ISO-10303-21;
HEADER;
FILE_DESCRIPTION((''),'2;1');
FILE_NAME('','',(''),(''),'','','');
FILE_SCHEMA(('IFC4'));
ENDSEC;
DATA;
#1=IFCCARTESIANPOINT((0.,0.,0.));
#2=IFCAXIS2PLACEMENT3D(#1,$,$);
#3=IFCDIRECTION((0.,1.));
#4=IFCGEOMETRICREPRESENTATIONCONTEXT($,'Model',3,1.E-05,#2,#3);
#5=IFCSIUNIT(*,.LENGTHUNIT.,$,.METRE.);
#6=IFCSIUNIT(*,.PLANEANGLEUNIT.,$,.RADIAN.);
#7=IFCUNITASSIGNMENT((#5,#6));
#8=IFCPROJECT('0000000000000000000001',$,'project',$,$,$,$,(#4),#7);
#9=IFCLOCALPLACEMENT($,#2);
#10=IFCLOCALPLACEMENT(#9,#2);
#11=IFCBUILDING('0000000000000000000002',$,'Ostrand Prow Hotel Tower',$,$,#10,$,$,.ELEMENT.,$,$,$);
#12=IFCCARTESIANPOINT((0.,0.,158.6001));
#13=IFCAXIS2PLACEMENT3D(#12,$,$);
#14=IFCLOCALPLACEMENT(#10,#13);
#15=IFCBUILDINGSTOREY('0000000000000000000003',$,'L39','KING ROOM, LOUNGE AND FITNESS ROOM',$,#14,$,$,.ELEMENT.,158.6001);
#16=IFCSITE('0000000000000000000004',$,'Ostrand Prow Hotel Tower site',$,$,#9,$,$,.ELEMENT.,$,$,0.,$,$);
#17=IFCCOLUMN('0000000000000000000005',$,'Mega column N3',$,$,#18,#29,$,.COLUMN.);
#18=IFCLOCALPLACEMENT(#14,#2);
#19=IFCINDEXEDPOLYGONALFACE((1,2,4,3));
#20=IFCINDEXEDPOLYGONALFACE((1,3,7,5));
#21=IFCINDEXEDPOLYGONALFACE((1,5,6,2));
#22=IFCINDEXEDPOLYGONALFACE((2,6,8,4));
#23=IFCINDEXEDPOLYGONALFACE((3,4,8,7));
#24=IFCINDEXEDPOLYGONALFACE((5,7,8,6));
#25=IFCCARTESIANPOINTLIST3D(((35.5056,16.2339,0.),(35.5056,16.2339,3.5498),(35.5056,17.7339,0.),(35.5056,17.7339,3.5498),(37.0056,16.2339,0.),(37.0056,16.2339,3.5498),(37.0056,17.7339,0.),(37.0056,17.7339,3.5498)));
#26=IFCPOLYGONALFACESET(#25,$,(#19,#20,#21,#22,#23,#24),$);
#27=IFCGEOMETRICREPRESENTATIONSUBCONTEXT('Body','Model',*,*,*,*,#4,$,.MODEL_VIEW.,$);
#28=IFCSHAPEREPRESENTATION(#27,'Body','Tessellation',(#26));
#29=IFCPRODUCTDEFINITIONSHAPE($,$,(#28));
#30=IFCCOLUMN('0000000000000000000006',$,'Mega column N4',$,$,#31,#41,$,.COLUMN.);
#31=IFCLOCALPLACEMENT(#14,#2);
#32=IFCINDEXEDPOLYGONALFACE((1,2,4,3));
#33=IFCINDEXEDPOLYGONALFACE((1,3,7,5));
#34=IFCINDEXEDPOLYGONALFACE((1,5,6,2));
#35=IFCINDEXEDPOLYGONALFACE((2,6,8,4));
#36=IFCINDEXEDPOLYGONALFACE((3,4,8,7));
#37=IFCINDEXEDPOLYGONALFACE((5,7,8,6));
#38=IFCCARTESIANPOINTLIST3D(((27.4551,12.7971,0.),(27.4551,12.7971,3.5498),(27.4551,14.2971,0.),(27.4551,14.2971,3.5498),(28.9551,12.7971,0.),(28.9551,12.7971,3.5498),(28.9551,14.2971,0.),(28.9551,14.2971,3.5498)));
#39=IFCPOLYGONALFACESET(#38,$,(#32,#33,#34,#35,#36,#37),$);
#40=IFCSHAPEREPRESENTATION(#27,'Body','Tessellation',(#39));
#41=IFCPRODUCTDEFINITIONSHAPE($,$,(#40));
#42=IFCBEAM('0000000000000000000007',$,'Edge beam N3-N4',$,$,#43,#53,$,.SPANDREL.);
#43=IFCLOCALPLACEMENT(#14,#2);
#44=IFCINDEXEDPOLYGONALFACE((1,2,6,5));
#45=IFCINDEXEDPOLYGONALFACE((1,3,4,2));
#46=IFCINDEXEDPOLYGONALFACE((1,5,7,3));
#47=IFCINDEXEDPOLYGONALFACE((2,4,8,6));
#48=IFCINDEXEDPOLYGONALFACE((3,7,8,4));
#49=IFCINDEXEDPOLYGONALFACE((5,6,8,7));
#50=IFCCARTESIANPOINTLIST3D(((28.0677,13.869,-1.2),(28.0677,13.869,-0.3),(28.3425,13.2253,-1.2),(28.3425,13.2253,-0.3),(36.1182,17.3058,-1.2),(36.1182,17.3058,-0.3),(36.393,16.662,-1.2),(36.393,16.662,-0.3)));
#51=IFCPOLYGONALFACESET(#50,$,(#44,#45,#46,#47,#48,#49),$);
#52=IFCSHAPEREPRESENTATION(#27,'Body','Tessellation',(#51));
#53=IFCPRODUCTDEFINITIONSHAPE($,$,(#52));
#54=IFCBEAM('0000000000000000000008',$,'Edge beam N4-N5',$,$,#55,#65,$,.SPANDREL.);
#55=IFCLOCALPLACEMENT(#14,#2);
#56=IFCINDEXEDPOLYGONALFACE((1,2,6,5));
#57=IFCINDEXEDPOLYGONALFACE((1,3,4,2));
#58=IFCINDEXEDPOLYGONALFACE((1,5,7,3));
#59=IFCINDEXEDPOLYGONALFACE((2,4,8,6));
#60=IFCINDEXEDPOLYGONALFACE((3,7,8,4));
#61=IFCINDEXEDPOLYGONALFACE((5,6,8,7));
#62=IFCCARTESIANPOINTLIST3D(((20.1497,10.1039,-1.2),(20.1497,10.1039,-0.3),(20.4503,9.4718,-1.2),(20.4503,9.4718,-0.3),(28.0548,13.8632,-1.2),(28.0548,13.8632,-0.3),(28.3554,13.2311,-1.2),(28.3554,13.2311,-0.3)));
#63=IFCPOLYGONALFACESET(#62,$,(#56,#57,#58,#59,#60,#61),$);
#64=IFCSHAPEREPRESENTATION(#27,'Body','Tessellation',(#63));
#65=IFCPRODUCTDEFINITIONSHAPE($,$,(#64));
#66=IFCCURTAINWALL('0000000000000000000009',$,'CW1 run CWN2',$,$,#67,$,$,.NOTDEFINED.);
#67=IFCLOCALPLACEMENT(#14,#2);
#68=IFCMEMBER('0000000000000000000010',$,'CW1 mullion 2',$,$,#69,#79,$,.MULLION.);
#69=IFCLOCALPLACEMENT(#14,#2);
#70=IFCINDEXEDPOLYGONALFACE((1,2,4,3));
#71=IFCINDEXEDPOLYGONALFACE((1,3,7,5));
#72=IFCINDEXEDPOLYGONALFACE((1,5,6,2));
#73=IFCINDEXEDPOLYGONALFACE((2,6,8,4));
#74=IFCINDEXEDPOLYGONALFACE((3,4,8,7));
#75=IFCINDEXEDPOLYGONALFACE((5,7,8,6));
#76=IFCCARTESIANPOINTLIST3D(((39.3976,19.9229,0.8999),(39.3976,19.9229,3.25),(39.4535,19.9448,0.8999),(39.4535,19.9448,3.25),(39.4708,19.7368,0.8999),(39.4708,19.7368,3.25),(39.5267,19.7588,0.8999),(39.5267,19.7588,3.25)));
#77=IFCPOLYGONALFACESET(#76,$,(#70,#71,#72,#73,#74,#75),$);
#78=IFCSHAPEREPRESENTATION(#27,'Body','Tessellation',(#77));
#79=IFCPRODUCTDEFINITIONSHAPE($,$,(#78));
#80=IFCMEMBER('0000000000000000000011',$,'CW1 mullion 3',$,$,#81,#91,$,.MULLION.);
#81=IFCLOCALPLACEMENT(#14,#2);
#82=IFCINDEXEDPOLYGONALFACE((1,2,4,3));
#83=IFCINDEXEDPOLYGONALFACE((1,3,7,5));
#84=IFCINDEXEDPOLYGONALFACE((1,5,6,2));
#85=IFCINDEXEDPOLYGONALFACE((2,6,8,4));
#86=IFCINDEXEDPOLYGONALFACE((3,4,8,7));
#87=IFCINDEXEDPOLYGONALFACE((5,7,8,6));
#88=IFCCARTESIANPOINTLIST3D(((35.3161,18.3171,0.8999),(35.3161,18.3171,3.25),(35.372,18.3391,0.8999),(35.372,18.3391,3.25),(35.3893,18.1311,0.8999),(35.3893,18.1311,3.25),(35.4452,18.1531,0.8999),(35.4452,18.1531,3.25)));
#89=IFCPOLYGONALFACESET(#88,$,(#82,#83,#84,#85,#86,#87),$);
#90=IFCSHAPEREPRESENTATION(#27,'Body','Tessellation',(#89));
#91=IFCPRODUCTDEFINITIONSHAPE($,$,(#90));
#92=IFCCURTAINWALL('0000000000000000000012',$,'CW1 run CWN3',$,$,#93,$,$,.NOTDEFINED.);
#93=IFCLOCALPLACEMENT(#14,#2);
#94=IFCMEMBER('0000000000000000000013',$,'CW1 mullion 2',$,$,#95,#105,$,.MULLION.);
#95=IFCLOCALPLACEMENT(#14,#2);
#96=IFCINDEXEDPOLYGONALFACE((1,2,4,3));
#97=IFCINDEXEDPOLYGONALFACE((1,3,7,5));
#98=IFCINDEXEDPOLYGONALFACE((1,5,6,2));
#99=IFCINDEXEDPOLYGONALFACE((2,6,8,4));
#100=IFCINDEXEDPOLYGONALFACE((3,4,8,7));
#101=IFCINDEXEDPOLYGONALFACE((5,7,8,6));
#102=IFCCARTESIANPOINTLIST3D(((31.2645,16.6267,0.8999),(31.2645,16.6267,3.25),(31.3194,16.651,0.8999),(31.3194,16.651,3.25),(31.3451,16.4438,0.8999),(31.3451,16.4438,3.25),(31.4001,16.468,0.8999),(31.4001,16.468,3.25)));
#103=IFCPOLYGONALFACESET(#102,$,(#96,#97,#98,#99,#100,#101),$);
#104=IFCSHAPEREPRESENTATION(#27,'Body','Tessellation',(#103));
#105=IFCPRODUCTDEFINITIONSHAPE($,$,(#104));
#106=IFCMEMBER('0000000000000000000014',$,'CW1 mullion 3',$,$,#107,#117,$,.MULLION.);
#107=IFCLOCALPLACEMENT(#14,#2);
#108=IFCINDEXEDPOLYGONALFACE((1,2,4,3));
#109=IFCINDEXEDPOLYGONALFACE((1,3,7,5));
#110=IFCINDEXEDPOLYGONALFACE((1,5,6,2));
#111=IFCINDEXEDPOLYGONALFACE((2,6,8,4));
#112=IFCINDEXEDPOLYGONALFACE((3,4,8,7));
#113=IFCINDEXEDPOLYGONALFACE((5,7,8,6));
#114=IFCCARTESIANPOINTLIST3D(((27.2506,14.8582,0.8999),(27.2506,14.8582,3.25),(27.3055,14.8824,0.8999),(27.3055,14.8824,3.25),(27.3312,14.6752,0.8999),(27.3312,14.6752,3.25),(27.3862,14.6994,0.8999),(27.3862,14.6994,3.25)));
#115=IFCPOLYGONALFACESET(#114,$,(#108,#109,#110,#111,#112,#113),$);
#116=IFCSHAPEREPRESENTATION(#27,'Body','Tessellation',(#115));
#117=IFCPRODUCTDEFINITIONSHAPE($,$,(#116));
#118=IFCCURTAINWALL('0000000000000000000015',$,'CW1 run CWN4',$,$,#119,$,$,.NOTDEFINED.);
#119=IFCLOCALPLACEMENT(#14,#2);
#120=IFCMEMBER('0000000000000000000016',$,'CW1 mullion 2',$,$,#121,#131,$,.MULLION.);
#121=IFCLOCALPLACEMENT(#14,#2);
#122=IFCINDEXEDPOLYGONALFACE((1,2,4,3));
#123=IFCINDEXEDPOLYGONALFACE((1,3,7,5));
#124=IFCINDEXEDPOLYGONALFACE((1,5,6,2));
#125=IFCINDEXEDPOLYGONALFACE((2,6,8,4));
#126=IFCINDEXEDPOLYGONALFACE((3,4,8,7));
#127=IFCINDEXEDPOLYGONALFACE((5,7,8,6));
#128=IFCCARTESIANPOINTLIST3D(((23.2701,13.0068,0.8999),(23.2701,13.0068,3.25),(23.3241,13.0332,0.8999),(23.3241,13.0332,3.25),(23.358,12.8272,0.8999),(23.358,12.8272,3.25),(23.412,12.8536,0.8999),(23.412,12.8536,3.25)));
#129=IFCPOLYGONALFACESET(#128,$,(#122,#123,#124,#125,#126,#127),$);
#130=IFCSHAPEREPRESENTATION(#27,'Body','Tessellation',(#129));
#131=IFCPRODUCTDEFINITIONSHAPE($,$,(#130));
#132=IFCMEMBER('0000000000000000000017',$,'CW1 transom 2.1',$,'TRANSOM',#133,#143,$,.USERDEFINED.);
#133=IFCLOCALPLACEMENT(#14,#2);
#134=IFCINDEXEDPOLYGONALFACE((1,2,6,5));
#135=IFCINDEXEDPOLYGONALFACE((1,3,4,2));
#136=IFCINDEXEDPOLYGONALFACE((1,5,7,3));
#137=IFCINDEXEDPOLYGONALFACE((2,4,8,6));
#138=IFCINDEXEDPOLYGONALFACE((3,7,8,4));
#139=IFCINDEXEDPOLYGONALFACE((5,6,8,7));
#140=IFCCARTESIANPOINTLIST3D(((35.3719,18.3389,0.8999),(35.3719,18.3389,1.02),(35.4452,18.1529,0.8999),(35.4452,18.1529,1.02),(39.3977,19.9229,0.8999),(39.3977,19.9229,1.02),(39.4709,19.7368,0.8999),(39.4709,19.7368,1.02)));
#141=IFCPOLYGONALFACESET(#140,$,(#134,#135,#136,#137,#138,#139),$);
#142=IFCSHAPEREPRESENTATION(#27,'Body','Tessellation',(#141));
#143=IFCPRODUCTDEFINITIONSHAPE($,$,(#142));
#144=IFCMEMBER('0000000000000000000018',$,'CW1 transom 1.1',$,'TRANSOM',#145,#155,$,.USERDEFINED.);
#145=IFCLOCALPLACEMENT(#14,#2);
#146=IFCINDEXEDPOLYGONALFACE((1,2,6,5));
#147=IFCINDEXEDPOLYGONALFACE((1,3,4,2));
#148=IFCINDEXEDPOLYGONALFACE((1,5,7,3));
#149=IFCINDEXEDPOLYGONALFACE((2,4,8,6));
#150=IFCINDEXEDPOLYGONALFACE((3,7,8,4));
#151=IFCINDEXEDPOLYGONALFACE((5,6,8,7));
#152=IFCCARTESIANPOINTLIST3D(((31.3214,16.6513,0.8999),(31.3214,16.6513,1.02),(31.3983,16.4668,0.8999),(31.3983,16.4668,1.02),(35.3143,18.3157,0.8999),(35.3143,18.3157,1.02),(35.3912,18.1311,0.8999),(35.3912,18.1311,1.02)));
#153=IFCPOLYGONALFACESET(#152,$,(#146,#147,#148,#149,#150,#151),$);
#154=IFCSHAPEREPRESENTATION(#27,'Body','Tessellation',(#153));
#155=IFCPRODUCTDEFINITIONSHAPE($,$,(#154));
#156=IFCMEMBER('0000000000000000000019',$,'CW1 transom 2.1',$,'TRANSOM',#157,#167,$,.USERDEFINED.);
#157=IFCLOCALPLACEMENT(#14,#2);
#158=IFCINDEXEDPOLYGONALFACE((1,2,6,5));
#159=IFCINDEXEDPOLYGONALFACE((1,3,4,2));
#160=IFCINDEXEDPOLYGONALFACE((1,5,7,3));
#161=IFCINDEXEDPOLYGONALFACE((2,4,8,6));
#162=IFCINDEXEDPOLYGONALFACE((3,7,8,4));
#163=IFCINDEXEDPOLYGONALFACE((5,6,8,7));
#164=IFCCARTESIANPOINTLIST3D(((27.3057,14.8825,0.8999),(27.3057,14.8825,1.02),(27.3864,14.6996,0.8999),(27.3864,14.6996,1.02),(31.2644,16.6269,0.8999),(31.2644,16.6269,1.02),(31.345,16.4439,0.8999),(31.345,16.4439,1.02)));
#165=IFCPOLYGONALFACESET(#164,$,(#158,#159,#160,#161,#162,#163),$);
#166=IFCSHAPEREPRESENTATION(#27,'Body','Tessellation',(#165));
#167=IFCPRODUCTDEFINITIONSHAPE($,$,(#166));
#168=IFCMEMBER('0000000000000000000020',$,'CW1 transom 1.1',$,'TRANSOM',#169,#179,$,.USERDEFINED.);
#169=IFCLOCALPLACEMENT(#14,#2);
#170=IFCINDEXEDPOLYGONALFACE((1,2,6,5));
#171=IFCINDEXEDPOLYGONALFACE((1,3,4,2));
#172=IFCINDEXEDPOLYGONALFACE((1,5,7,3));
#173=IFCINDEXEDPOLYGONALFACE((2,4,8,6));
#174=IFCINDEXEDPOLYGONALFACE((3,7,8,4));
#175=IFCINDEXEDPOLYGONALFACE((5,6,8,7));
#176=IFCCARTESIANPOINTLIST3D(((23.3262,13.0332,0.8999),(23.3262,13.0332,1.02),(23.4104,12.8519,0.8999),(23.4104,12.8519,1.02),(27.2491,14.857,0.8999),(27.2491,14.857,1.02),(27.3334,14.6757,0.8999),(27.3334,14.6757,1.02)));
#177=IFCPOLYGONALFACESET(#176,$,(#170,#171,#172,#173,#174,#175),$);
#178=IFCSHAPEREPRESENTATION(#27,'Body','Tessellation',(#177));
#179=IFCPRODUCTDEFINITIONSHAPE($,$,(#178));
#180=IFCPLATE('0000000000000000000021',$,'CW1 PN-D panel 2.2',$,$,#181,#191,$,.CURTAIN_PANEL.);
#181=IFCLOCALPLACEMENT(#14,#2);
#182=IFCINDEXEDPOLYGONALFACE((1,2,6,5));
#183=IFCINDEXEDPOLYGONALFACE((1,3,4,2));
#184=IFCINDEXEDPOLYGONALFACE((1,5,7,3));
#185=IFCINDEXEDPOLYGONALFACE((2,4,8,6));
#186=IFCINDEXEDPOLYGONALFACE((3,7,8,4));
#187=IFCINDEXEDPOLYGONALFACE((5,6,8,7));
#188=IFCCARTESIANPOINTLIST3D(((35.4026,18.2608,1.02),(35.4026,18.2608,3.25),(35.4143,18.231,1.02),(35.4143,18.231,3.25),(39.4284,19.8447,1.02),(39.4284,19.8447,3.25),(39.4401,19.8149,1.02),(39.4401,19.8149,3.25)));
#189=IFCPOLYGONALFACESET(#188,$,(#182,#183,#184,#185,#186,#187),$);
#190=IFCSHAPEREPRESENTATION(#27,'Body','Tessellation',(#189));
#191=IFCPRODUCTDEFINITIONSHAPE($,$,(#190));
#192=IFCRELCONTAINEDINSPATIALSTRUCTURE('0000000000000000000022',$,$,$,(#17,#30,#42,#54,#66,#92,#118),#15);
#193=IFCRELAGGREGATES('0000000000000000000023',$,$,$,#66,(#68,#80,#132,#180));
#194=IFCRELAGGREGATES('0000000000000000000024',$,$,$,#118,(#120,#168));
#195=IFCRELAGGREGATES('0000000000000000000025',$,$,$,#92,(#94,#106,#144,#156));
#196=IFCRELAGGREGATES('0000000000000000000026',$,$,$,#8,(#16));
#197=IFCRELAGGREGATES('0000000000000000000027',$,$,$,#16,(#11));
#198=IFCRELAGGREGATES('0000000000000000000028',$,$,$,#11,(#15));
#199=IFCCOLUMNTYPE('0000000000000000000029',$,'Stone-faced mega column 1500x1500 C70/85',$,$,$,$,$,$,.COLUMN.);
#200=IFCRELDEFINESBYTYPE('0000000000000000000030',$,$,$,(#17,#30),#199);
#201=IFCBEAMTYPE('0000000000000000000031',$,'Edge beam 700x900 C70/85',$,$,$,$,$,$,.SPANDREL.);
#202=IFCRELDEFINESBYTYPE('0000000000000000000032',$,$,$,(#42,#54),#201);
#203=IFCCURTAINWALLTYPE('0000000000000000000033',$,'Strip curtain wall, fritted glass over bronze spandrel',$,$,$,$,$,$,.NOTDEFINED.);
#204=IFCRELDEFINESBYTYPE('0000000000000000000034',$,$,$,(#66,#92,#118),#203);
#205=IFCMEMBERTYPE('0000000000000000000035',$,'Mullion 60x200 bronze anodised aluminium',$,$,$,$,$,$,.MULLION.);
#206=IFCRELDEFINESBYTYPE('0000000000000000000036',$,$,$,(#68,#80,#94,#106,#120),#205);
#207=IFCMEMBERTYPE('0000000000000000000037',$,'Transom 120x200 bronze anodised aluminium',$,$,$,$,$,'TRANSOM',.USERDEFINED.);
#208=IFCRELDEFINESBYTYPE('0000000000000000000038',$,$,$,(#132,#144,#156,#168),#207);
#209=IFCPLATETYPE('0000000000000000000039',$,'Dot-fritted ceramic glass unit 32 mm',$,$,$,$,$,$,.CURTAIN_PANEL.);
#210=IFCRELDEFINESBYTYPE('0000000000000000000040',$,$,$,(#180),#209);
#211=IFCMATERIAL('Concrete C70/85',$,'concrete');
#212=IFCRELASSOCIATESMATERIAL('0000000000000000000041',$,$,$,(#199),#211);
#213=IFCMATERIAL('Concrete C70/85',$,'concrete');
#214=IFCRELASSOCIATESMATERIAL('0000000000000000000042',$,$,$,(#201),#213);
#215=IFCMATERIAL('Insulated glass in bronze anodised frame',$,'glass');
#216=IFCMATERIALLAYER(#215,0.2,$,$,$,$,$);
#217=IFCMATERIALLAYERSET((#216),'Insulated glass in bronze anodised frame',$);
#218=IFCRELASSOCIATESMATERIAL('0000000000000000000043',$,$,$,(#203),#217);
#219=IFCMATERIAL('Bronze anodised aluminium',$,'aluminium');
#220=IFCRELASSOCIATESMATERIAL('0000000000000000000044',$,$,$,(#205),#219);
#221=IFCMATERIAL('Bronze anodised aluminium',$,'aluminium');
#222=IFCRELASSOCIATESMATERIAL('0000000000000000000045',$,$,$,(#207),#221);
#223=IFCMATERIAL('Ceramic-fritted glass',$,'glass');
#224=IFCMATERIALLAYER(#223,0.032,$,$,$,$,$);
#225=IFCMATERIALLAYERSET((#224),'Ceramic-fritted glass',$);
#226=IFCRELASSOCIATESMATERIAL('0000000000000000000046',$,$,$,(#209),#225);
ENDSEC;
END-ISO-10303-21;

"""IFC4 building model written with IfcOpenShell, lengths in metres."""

from ifc_helpers import new_model, si_unit, direction, frame, origin, origin_2d, place, context, subcontext, project, spatial, rectangle, extrude, material, layer, layer_set, material_profile, profile_set, type_object, element, aggregate, save


model = new_model("IFC4")

# Units and contexts
model_context = context("Model", 3, precision=1e-05, world=origin(), true_north=direction((0.0, 1.0)))
body_context = subcontext(model_context, "Body", "Model", "MODEL_VIEW")
ifc_project = project(units=[si_unit("LENGTHUNIT", "METRE"), si_unit("PLANEANGLEUNIT", "RADIAN")], contexts=[model_context])

# Site, building, storey
site_placement = place(None, origin())
site = spatial("IfcSite", under=ifc_project, at=site_placement, Name="Ostrand Prow Hotel Tower site", CompositionType="ELEMENT", RefElevation=0.0)
building_placement = place(site_placement, origin())
building = spatial("IfcBuilding", under=site, at=building_placement, Name="Ostrand Prow Hotel Tower", CompositionType="ELEMENT")
storey_placement = place(building_placement, frame((0.0, 0.0, 158.6001)))
storey = spatial("IfcBuildingStorey", under=building, at=storey_placement, Name="L39", Description="KING ROOM, LOUNGE AND FITNESS ROOM", CompositionType="ELEMENT", Elevation=158.6001)

# Columns
ifc_material_1 = material(Name="Concrete C70/85", Category="concrete")
ifc_material_profile_1 = material_profile(ifc_material_1, rectangle(XDim=1.5, YDim=1.5, at=origin_2d()), Name="RC 1500x1500")
ifc_profile_set_1 = profile_set([ifc_material_profile_1], Name="Concrete C70/85")
column_type = type_object("IfcColumnType", Name="Stone-faced mega column 1500x1500 C70/85", PredefinedType="COLUMN", material=ifc_profile_set_1)
for number, where, z_axis, x_axis, name in (
    (1, (36.2556, 16.9839, 0.0), (0.0, 0.0, 1.0), (1.0, 0.0, 0.0), "Mega column N3"),
    (2, (28.2051, 13.5471, 0.0), (0.0, 0.0, 1.0), (1.0, 0.0, 0.0), "Mega column N4"),
):
    element("IfcColumn", number, at=place(storey_placement, frame(where, z_axis=z_axis, x_axis=x_axis)), inside=storey, type_object=column_type, Name=name, PredefinedType="COLUMN", context=body_context, shape_type="SweptSolid", body=[
        extrude(rectangle(XDim=1.5, YDim=1.5, at=origin_2d()), origin(), (0.0, 0.0, 1.0), 3.5498),
    ])

# Beams
ifc_material_2 = material(Name="Concrete C70/85", Category="concrete")
ifc_material_profile_2 = material_profile(ifc_material_2, rectangle(XDim=0.7, YDim=0.8999, at=origin_2d()), Name="RC 700x900")
ifc_profile_set_2 = profile_set([ifc_material_profile_2], Name="Concrete C70/85")
beam_type = type_object("IfcBeamType", Name="Edge beam 700x900 C70/85", PredefinedType="SPANDREL", material=ifc_profile_set_2)
for number, where, z_axis, x_axis, name in (
    (3, (36.2556, 16.9839, -0.75), (-0.919701, -0.39262, 0.0), (0.39262, -0.919701, 0.0), "Edge beam N3-N4"),
    (4, (28.2051, 13.5471, -0.75), (-0.903083, -0.429466, 0.0), (0.429466, -0.903083, 0.0), "Edge beam N4-N5"),
):
    element("IfcBeam", number, at=place(storey_placement, frame(where, z_axis=z_axis, x_axis=x_axis)), inside=storey, type_object=beam_type, Name=name, PredefinedType="SPANDREL", context=body_context, shape_type="SweptSolid", body=[
        extrude(rectangle(XDim=0.7, YDim=0.8999, at=origin_2d()), origin(), (0.0, 0.0, 1.0), 8.7534),
    ])

# Curtain walls, members
ifc_material_3 = material(Name="Insulated glass in bronze anodised frame", Category="glass")
ifc_layer_1 = layer(ifc_material_3, 0.2)
ifc_layer_set_1 = layer_set([ifc_layer_1], Name="Insulated glass in bronze anodised frame")
curtain_wall_type = type_object("IfcCurtainWallType", Name="Strip curtain wall, fritted glass over bronze spandrel", PredefinedType="NOTDEFINED", material=ifc_layer_set_1)
curtain_wall_1_placement = place(storey_placement, origin())
curtain_wall_1 = element("IfcCurtainWall", 5, at=curtain_wall_1_placement, inside=storey, type_object=curtain_wall_type, Name="CW1 run CWN2", PredefinedType="NOTDEFINED")
ifc_material_4 = material(Name="Bronze anodised aluminium", Category="aluminium")
ifc_material_profile_3 = material_profile(ifc_material_4, rectangle(XDim=0.2, YDim=0.0601, at=origin_2d()), Name="Mullion 60x200 bronze anodised aluminium")
ifc_profile_set_3 = profile_set([ifc_material_profile_3], Name="Bronze anodised aluminium")
member_type_1 = type_object("IfcMemberType", Name="Mullion 60x200 bronze anodised aluminium", PredefinedType="MULLION", material=ifc_profile_set_3)
member_1_placement = place(storey_placement, frame((39.4622, 19.8408, 0.8999), z_axis=(0.0, 0.0, 1.0), x_axis=(0.366116, -0.930569, 0.0)))
member_1 = element("IfcMember", 6, at=member_1_placement, type_object=member_type_1, Name="CW1 mullion 2", PredefinedType="MULLION", context=body_context, shape_type="SweptSolid", body=[
    extrude(rectangle(XDim=0.2, YDim=0.0601, at=origin_2d()), origin(), (0.0, 0.0, 1.0), 2.3501),
])
member_2_placement = place(storey_placement, frame((35.3806, 18.2351, 0.8999), z_axis=(0.0, 0.0, 1.0), x_axis=(0.366116, -0.930569, 0.0)))
member_2 = element("IfcMember", 7, at=member_2_placement, type_object=member_type_1, Name="CW1 mullion 3", PredefinedType="MULLION", context=body_context, shape_type="SweptSolid", body=[
    extrude(rectangle(XDim=0.2, YDim=0.0601, at=origin_2d()), origin(), (0.0, 0.0, 1.0), 2.3501),
])
curtain_wall_2_placement = place(storey_placement, origin())
curtain_wall_2 = element("IfcCurtainWall", 8, at=curtain_wall_2_placement, inside=storey, type_object=curtain_wall_type, Name="CW1 run CWN3", PredefinedType="NOTDEFINED")
member_3_placement = place(storey_placement, frame((31.3323, 16.5474, 0.8999), z_axis=(0.0, 0.0, 1.0), x_axis=(0.403213, -0.915106, 0.0)))
member_3 = element("IfcMember", 9, at=member_3_placement, type_object=member_type_1, Name="CW1 mullion 2", PredefinedType="MULLION", context=body_context, shape_type="SweptSolid", body=[
    extrude(rectangle(XDim=0.2, YDim=0.0601, at=origin_2d()), origin(), (0.0, 0.0, 1.0), 2.3501),
])
member_4_placement = place(storey_placement, frame((27.3184, 14.7788, 0.8999), z_axis=(0.0, 0.0, 1.0), x_axis=(0.403213, -0.915106, 0.0)))
member_4 = element("IfcMember", 10, at=member_4_placement, type_object=member_type_1, Name="CW1 mullion 3", PredefinedType="MULLION", context=body_context, shape_type="SweptSolid", body=[
    extrude(rectangle(XDim=0.2, YDim=0.0601, at=origin_2d()), origin(), (0.0, 0.0, 1.0), 2.3501),
])

# Curtain wall, member
curtain_wall_3_placement = place(storey_placement, origin())
curtain_wall_3 = element("IfcCurtainWall", 11, at=curtain_wall_3_placement, inside=storey, type_object=curtain_wall_type, Name="CW1 run CWN4", PredefinedType="NOTDEFINED")
member_5_placement = place(storey_placement, frame((23.3411, 12.9302, 0.8999), z_axis=(0.0, 0.0, 1.0), x_axis=(0.439659, -0.898165, 0.0)))
member_5 = element("IfcMember", 12, at=member_5_placement, type_object=member_type_1, Name="CW1 mullion 2", PredefinedType="MULLION", context=body_context, shape_type="SweptSolid", body=[
    extrude(rectangle(XDim=0.2, YDim=0.0601, at=origin_2d()), origin(), (0.0, 0.0, 1.0), 2.3501),
])

# Members
ifc_material_5 = material(Name="Bronze anodised aluminium", Category="aluminium")
ifc_material_profile_4 = material_profile(ifc_material_5, rectangle(XDim=0.2, YDim=0.1201, at=origin_2d()), Name="Transom 120x200 bronze anodised aluminium")
ifc_profile_set_4 = profile_set([ifc_material_profile_4], Name="Bronze anodised aluminium")
member_type_2 = type_object("IfcMemberType", Name="Transom 120x200 bronze anodised aluminium", ElementType="TRANSOM", PredefinedType="USERDEFINED", material=ifc_profile_set_4)
member_6_placement = place(storey_placement, frame((39.4343, 19.8298, 0.96), z_axis=(-0.930563, -0.366131, 0.0), x_axis=(0.366131, -0.930563, 0.0)))
member_6 = element("IfcMember", 13, at=member_6_placement, type_object=member_type_2, Name="CW1 transom 2.1", ObjectType="TRANSOM", PredefinedType="USERDEFINED", context=body_context, shape_type="SweptSolid", body=[
    extrude(rectangle(XDim=0.2, YDim=0.1201, at=origin_2d()), origin(), (0.0, 0.0, 1.0), 4.3262),
])
member_7_placement = place(storey_placement, frame((35.3528, 18.2234, 0.96), z_axis=(-0.923028, -0.384732, 0.0), x_axis=(0.384732, -0.923028, 0.0)))
member_7 = element("IfcMember", 14, at=member_7_placement, type_object=member_type_2, Name="CW1 transom 1.1", ObjectType="TRANSOM", PredefinedType="USERDEFINED", context=body_context, shape_type="SweptSolid", body=[
    extrude(rectangle(XDim=0.2, YDim=0.1201, at=origin_2d()), origin(), (0.0, 0.0, 1.0), 4.3259),
])
member_8_placement = place(storey_placement, frame((31.3047, 16.5354, 0.96), z_axis=(-0.915099, -0.40323, 0.0), x_axis=(0.40323, -0.915099, 0.0)))
member_8 = element("IfcMember", 15, at=member_8_placement, type_object=member_type_2, Name="CW1 transom 2.1", ObjectType="TRANSOM", PredefinedType="USERDEFINED", context=body_context, shape_type="SweptSolid", body=[
    extrude(rectangle(XDim=0.2, YDim=0.1201, at=origin_2d()), origin(), (0.0, 0.0, 1.0), 4.3259),
])
member_9_placement = place(storey_placement, frame((27.2913, 14.7664, 0.96), z_axis=(-0.906796, -0.421569, 0.0), x_axis=(0.421569, -0.906796, 0.0)))
member_9 = element("IfcMember", 16, at=member_9_placement, type_object=member_type_2, Name="CW1 transom 1.1", ObjectType="TRANSOM", PredefinedType="USERDEFINED", context=body_context, shape_type="SweptSolid", body=[
    extrude(rectangle(XDim=0.2, YDim=0.1201, at=origin_2d()), origin(), (0.0, 0.0, 1.0), 4.3262),
])

# Plate
ifc_material_6 = material(Name="Ceramic-fritted glass", Category="glass")
ifc_layer_2 = layer(ifc_material_6, 0.032)
ifc_layer_set_2 = layer_set([ifc_layer_2], Name="Ceramic-fritted glass")
plate_type_1 = type_object("IfcPlateType", Name="Dot-fritted ceramic glass unit 32 mm", PredefinedType="CURTAIN_PANEL", material=ifc_layer_set_2)
plate_1_placement = place(storey_placement, frame((37.4214, 19.0378, 1.02), z_axis=(0.0, 0.0, 1.0), x_axis=(-0.930569, -0.366116, 0.0)))
plate_1 = element("IfcPlate", 17, at=plate_1_placement, type_object=plate_type_1, Name="CW1 PN-D panel 2.2", PredefinedType="CURTAIN_PANEL", context=body_context, shape_type="SweptSolid", body=[
    extrude(rectangle(XDim=4.3262, YDim=0.032, at=origin_2d()), origin(), (0.0, 0.0, 1.0), 2.23),
])
aggregate(curtain_wall_1, [member_1, member_2, member_6, plate_1])
aggregate(curtain_wall_3, [member_5, member_9])
aggregate(curtain_wall_2, [member_3, member_4, member_7, member_8])

save(model, "model.ifc")
